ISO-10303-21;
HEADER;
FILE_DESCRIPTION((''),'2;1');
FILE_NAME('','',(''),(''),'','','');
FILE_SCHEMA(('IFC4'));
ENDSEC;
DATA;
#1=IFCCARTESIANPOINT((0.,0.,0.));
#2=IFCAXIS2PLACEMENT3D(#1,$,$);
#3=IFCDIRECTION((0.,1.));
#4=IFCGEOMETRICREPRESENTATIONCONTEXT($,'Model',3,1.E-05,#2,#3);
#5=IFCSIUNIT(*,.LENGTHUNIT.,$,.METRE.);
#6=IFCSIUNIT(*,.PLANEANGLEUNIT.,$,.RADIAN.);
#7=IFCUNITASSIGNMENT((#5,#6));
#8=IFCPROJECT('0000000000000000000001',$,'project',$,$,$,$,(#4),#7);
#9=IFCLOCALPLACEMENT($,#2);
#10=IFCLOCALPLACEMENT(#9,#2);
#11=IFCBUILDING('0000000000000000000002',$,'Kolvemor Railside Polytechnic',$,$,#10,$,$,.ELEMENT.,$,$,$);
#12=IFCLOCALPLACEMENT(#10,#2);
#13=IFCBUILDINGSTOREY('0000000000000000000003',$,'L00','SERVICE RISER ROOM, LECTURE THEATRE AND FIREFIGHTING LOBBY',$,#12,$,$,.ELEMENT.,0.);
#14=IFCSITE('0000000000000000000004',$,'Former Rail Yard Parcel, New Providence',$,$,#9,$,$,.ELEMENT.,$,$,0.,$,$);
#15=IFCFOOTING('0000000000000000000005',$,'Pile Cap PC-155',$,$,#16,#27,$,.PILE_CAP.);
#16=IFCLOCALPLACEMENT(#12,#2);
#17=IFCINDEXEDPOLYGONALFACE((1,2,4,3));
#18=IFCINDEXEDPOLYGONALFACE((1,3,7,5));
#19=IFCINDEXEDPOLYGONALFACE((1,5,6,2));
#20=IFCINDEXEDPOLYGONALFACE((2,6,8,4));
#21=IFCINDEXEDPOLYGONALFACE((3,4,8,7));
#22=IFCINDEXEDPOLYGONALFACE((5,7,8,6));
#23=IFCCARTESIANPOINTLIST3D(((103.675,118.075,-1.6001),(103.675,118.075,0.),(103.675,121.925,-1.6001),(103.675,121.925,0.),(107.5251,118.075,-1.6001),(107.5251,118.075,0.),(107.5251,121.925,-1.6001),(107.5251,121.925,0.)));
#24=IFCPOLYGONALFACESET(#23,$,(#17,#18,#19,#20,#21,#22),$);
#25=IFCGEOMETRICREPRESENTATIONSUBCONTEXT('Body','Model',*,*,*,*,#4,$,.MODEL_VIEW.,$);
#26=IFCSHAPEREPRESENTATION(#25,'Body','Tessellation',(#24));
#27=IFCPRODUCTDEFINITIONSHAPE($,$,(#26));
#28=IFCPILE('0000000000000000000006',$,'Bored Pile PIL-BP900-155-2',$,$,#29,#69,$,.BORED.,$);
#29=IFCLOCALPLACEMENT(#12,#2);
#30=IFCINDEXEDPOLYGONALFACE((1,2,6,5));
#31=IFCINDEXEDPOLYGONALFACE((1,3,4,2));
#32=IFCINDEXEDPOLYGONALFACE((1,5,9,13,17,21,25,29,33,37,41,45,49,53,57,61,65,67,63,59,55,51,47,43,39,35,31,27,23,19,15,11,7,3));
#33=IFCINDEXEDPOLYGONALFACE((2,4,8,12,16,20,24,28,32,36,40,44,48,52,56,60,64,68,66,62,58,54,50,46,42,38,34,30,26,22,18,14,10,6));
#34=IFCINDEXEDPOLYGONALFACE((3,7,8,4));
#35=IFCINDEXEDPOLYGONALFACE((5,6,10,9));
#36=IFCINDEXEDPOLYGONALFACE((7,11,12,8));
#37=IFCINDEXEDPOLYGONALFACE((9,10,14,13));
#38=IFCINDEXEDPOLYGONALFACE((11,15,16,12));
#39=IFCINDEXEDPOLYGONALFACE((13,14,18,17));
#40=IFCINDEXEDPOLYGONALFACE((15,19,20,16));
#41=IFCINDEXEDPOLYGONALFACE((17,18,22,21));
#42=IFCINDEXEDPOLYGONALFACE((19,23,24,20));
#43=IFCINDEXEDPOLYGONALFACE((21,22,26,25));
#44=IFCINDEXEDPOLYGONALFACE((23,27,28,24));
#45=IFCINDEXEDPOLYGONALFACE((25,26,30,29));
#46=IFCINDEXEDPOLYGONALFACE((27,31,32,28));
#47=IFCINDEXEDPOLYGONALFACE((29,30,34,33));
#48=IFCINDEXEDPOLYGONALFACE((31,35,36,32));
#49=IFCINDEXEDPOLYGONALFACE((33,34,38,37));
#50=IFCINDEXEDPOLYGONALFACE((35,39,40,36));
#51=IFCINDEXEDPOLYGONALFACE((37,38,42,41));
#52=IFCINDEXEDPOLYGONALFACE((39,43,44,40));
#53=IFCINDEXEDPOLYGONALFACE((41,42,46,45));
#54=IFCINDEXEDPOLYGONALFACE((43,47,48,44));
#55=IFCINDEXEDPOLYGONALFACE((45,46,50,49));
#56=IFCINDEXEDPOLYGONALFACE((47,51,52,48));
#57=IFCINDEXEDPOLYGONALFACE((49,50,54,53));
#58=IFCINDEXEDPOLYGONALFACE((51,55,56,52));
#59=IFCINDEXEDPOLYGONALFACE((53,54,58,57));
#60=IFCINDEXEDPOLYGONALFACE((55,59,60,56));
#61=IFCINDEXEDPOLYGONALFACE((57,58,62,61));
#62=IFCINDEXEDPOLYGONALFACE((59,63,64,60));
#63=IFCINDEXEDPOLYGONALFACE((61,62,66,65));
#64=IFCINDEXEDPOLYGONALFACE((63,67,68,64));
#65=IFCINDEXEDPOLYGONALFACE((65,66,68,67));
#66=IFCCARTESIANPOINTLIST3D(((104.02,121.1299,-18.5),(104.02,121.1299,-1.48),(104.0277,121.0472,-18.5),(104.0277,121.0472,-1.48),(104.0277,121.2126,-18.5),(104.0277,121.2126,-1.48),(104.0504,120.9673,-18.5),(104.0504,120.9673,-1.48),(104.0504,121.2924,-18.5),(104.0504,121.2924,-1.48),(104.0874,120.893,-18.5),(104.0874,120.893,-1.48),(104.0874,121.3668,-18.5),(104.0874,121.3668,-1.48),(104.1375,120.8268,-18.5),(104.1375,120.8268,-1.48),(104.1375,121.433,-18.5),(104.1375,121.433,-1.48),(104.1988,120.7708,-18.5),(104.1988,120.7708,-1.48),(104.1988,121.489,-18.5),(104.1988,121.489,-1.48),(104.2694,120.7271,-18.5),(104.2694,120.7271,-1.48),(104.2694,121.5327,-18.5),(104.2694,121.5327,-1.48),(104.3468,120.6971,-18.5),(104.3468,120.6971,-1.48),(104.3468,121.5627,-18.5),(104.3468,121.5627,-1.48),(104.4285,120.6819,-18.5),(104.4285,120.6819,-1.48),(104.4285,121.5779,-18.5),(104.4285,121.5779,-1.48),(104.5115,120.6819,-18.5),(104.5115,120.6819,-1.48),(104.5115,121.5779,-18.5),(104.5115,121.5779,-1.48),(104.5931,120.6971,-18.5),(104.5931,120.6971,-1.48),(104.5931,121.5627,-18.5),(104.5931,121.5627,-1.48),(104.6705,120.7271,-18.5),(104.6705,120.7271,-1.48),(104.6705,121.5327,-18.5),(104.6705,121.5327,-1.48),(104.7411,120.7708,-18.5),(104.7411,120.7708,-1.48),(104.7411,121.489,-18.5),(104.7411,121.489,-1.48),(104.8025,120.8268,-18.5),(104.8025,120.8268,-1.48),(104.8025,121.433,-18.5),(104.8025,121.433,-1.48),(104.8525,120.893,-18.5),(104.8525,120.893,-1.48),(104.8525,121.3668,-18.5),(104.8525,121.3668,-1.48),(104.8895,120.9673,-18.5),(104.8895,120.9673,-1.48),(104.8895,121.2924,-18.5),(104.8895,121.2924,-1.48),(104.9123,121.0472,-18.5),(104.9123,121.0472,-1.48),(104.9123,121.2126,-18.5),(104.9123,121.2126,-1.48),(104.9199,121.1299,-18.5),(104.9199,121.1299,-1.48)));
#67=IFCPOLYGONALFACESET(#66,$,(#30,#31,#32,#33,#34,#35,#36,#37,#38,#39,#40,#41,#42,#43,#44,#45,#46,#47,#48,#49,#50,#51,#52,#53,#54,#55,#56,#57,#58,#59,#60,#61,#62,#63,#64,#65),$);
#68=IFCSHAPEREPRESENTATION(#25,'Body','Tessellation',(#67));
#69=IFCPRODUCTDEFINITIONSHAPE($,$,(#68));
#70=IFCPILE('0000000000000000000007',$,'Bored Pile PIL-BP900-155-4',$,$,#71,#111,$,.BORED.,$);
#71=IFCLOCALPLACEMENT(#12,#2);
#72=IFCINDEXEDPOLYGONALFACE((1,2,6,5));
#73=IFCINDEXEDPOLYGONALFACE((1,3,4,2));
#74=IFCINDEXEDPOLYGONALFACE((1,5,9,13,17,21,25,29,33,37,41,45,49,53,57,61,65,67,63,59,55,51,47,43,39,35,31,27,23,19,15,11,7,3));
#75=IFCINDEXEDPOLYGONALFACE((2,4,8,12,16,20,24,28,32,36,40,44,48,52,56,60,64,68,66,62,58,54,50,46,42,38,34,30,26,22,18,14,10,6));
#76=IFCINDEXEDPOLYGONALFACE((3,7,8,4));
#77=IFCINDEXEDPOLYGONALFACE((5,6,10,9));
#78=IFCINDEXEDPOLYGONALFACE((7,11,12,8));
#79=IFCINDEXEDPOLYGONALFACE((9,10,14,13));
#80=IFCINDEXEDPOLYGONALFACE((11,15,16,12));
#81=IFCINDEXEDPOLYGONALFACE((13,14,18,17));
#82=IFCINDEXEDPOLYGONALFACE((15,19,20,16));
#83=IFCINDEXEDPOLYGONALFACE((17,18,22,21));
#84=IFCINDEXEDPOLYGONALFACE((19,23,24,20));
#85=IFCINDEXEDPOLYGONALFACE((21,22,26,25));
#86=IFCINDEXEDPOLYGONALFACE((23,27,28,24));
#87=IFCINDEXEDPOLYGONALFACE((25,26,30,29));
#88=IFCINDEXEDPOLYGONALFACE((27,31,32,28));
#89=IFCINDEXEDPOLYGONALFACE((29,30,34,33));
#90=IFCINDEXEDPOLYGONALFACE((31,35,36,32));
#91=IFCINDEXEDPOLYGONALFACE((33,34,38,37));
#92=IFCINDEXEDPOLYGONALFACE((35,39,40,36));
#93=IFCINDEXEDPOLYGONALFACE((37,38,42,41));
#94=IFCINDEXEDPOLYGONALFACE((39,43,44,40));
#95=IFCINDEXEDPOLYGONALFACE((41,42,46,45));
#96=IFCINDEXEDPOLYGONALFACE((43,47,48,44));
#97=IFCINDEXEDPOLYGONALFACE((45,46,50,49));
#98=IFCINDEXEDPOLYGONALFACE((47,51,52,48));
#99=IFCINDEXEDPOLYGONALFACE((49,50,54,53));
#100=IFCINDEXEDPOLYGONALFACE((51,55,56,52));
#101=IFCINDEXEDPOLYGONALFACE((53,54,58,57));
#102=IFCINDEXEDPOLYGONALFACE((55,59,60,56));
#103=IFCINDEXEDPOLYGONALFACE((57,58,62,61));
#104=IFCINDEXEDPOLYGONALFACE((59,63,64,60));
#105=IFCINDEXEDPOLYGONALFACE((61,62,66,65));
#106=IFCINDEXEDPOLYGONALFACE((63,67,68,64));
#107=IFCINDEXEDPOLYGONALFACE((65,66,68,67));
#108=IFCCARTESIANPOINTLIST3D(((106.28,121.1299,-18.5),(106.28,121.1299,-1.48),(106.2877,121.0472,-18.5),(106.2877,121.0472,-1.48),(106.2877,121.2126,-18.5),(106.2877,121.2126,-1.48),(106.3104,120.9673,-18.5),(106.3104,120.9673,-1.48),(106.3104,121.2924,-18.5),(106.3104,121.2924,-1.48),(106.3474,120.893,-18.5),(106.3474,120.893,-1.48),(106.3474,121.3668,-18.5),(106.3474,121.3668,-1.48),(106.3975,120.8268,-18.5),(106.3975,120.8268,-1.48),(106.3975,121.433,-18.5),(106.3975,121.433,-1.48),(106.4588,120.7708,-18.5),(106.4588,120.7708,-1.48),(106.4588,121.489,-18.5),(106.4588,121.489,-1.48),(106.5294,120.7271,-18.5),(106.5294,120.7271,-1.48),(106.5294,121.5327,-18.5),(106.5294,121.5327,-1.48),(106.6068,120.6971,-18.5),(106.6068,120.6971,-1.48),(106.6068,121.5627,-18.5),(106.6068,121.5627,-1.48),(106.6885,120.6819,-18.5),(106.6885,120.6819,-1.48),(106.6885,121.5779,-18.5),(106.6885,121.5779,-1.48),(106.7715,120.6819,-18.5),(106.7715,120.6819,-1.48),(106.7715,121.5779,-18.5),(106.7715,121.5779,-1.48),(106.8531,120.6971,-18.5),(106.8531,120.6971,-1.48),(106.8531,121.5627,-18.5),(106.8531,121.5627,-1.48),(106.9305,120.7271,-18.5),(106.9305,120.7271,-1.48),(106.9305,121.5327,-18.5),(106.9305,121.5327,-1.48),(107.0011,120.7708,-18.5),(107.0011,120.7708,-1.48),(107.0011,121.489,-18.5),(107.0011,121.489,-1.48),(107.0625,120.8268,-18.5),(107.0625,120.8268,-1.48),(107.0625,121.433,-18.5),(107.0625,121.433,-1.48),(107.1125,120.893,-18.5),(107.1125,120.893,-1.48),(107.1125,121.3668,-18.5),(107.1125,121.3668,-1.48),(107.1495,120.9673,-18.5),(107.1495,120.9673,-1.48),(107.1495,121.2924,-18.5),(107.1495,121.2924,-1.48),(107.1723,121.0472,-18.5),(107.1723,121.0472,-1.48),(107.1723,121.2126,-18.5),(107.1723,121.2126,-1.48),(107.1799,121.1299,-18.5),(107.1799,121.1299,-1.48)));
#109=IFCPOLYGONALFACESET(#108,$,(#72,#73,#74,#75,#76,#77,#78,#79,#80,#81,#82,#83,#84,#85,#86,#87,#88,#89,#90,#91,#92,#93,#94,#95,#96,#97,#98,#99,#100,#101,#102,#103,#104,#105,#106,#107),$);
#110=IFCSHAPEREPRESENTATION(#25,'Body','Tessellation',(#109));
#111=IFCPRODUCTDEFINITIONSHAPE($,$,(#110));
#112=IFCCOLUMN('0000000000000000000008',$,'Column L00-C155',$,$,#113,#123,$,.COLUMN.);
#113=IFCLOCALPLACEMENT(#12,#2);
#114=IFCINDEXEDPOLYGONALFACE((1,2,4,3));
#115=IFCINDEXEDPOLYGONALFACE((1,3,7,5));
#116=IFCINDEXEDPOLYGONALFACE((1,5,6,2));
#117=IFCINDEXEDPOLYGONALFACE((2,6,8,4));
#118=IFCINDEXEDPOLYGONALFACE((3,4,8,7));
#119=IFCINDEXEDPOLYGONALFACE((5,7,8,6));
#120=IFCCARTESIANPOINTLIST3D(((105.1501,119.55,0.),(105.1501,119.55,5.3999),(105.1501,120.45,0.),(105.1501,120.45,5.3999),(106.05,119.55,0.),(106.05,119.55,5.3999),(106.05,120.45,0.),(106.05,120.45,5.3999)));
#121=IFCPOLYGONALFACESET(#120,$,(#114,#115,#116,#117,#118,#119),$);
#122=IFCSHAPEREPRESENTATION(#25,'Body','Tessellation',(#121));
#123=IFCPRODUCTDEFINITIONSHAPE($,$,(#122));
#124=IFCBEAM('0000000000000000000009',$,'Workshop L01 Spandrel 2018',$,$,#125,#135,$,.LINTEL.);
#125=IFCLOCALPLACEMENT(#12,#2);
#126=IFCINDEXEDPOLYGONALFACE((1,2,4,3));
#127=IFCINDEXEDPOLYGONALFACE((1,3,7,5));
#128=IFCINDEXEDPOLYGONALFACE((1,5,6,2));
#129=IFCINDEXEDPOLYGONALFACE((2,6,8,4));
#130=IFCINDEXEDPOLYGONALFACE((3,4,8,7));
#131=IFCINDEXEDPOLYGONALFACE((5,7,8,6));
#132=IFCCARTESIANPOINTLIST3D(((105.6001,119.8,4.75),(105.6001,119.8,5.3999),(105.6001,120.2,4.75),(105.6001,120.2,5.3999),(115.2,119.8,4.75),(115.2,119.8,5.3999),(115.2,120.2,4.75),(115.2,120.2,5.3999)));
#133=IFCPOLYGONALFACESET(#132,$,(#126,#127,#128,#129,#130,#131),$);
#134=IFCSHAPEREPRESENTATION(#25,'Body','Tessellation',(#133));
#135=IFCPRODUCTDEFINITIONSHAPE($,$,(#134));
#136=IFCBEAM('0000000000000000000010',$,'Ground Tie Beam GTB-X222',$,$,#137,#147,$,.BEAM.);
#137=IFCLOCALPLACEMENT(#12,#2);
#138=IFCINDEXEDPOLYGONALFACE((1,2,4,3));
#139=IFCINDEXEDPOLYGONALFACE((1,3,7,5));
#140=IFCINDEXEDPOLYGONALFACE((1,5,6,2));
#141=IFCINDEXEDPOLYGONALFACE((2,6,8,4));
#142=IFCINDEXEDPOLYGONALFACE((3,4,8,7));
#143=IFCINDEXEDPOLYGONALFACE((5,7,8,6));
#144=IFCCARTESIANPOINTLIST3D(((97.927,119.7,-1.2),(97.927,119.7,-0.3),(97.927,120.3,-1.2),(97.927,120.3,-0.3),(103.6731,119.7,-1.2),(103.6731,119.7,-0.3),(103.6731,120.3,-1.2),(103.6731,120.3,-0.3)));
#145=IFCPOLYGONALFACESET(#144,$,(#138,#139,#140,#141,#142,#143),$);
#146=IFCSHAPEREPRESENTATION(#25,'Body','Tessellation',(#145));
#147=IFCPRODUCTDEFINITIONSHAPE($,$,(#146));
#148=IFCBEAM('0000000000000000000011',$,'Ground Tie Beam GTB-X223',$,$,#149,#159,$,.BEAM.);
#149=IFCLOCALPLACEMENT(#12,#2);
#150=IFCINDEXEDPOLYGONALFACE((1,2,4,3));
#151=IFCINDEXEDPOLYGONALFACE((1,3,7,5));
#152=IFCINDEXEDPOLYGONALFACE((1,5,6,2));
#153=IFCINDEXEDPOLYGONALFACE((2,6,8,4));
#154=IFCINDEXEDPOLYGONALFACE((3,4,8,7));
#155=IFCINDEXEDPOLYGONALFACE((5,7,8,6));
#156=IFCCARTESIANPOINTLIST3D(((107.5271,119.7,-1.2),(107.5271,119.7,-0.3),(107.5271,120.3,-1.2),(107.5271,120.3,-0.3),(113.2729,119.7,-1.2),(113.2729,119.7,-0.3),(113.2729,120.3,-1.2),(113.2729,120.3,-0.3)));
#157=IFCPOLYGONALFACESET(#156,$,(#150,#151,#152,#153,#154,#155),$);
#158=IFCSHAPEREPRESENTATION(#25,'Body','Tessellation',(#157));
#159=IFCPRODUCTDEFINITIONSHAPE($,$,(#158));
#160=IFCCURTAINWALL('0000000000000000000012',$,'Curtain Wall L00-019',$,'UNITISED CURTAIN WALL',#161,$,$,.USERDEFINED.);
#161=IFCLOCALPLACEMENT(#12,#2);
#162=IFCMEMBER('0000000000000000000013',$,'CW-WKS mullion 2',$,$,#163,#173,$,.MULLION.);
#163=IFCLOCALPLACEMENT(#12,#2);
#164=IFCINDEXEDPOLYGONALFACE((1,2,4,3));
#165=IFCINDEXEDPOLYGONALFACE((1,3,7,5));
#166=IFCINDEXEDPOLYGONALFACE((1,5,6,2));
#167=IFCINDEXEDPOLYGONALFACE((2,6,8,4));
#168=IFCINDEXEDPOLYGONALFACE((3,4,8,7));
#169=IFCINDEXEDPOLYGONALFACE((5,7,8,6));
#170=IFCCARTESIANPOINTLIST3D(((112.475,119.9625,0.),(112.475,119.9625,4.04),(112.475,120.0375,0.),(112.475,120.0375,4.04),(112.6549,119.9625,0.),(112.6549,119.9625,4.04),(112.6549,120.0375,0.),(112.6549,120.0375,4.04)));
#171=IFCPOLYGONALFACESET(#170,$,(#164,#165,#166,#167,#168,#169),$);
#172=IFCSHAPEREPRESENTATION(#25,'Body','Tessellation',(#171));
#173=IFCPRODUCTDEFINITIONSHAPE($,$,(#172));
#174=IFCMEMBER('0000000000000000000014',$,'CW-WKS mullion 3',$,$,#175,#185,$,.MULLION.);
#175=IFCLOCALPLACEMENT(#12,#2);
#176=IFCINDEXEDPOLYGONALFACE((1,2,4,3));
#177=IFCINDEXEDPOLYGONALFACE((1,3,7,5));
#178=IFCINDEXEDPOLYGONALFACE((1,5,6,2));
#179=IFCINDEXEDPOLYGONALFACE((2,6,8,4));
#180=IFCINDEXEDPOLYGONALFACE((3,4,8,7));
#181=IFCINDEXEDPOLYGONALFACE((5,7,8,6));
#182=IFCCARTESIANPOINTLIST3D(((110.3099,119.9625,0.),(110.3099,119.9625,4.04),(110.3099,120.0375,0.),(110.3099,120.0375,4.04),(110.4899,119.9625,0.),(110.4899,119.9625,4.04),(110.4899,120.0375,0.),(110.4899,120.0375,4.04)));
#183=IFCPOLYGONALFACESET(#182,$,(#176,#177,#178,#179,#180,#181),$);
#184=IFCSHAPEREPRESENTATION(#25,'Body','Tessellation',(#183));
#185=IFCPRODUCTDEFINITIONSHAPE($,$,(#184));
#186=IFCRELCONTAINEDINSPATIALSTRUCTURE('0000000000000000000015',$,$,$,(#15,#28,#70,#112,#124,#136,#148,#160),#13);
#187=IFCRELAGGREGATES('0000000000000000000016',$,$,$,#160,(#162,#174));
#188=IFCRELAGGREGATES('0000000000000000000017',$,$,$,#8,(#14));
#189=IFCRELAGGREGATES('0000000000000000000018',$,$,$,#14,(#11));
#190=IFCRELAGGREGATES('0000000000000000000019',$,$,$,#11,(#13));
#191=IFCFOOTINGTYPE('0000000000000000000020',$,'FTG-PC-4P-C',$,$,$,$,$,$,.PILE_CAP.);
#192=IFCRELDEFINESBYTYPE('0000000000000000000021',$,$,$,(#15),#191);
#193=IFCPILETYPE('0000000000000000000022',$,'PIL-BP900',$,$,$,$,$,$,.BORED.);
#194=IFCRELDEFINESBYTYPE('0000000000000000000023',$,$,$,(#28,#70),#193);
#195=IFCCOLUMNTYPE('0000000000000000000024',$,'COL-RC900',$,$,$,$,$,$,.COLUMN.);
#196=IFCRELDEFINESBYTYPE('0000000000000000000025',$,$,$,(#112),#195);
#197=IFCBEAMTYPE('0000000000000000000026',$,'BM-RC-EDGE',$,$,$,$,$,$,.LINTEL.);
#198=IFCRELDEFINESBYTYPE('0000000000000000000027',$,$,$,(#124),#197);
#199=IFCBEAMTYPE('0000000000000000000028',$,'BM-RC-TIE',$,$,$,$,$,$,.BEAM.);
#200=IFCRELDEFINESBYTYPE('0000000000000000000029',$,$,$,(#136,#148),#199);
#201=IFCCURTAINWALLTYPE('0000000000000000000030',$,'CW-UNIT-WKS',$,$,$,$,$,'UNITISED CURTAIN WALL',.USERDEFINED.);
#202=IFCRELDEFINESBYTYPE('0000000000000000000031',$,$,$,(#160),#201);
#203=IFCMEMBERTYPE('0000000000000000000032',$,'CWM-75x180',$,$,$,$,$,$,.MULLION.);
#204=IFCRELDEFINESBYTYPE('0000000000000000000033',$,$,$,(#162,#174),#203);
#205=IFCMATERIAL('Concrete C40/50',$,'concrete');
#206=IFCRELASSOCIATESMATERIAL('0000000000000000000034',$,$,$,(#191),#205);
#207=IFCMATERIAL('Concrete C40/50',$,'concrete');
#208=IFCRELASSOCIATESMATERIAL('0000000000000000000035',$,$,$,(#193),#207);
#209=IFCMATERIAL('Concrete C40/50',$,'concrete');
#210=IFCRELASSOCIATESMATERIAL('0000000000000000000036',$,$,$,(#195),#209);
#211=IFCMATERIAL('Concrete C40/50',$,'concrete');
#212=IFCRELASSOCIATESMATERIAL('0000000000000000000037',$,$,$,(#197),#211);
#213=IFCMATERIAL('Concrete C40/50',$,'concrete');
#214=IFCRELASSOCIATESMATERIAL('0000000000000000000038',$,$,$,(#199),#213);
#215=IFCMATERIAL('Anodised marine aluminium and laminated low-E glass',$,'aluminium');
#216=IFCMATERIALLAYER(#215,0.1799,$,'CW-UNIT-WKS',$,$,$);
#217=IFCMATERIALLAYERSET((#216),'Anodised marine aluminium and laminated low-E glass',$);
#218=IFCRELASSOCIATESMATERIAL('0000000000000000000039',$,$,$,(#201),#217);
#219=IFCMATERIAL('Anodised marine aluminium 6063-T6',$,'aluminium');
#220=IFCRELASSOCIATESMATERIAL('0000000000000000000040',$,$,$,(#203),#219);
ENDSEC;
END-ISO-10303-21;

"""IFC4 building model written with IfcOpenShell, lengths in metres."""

from ifc_helpers import new_model, si_unit, direction, frame, origin, origin_2d, place, context, subcontext, project, spatial, rectangle, circle, extrude, material, layer, layer_set, material_profile, profile_set, type_object, element, aggregate, save


model = new_model("IFC4")

# Units and contexts
model_context = context("Model", 3, precision=1e-05, world=origin(), true_north=direction((0.0, 1.0)))
body_context = subcontext(model_context, "Body", "Model", "MODEL_VIEW")
ifc_project = project(units=[si_unit("LENGTHUNIT", "METRE"), si_unit("PLANEANGLEUNIT", "RADIAN")], contexts=[model_context])

# Site, building, storey
site_placement = place(None, origin())
site = spatial("IfcSite", under=ifc_project, at=site_placement, Name="Former Rail Yard Parcel, New Providence", CompositionType="ELEMENT", RefElevation=0.0)
building_placement = place(site_placement, origin())
building = spatial("IfcBuilding", under=site, at=building_placement, Name="Kolvemor Railside Polytechnic", CompositionType="ELEMENT")
storey_placement = place(building_placement, origin())
storey = spatial("IfcBuildingStorey", under=building, at=storey_placement, Name="L00", Description="SERVICE RISER ROOM, LECTURE THEATRE AND FIREFIGHTING LOBBY", CompositionType="ELEMENT", Elevation=0.0)

# Footing
ifc_material_1 = material(Name="Concrete C40/50", Category="concrete")
footing_type = type_object("IfcFootingType", Name="FTG-PC-4P-C", PredefinedType="PILE_CAP", material=ifc_material_1)
footing_placement = place(storey_placement, frame((105.6001, 120.0, -1.6001), z_axis=(0.0, 0.0, 1.0), x_axis=(1.0, 0.0, 0.0)))
element("IfcFooting", 1, at=footing_placement, inside=storey, type_object=footing_type, Name="Pile Cap PC-155", PredefinedType="PILE_CAP", context=body_context, shape_type="SweptSolid", body=[
    extrude(rectangle(XDim=3.8501, YDim=3.8501, at=origin_2d()), origin(), (0.0, 0.0, 1.0), 1.6001),
])

# Piles
ifc_material_2 = material(Name="Concrete C40/50", Category="concrete")
ifc_material_profile_1 = material_profile(ifc_material_2, circle(Radius=0.45, at=origin_2d()), Name="BP900")
ifc_profile_set_1 = profile_set([ifc_material_profile_1], Name="Concrete C40/50")
pile_type = type_object("IfcPileType", Name="PIL-BP900", PredefinedType="BORED", material=ifc_profile_set_1)
for number, where, z_axis, x_axis, name in (
    (2, (104.47, 121.1299, -1.48), (0.0, 0.0, -1.0), (1.0, 0.0, 0.0), "Bored Pile PIL-BP900-155-2"),
    (3, (106.73, 121.1299, -1.48), (0.0, 0.0, -1.0), (1.0, 0.0, 0.0), "Bored Pile PIL-BP900-155-4"),
):
    element("IfcPile", number, at=place(storey_placement, frame(where, z_axis=z_axis, x_axis=x_axis)), inside=storey, type_object=pile_type, Name=name, PredefinedType="BORED", context=body_context, shape_type="SweptSolid", body=[
        extrude(circle(Radius=0.45, at=origin_2d()), origin(), (0.0, 0.0, 1.0), 17.02),
    ])

# Column
ifc_material_3 = material(Name="Concrete C40/50", Category="concrete")
ifc_material_profile_2 = material_profile(ifc_material_3, rectangle(XDim=0.8999, YDim=0.8999, at=origin_2d()), Name="RC900x900")
ifc_profile_set_2 = profile_set([ifc_material_profile_2], Name="Concrete C40/50")
column_type = type_object("IfcColumnType", Name="COL-RC900", PredefinedType="COLUMN", material=ifc_profile_set_2)
column_placement = place(storey_placement, frame((105.6001, 120.0, 0.0), z_axis=(0.0, 0.0, 1.0), x_axis=(1.0, 0.0, 0.0)))
element("IfcColumn", 4, at=column_placement, inside=storey, type_object=column_type, Name="Column L00-C155", PredefinedType="COLUMN", context=body_context, shape_type="SweptSolid", body=[
    extrude(rectangle(XDim=0.8999, YDim=0.8999, at=origin_2d()), origin(), (0.0, 0.0, 1.0), 5.3999),
])

# Beams
ifc_material_4 = material(Name="Concrete C40/50", Category="concrete")
ifc_material_profile_3 = material_profile(ifc_material_4, rectangle(XDim=0.3999, YDim=0.6499, at=origin_2d()), Name="RC400x650")
ifc_profile_set_3 = profile_set([ifc_material_profile_3], Name="Concrete C40/50")
beam_type_1 = type_object("IfcBeamType", Name="BM-RC-EDGE", PredefinedType="LINTEL", material=ifc_profile_set_3)
beam_1_placement = place(storey_placement, frame((105.6001, 120.0, 5.075), z_axis=(1.0, 0.0, 0.0), x_axis=(0.0, 1.0, 0.0)))
element("IfcBeam", 5, at=beam_1_placement, inside=storey, type_object=beam_type_1, Name="Workshop L01 Spandrel 2018", PredefinedType="LINTEL", context=body_context, shape_type="SweptSolid", body=[
    extrude(rectangle(XDim=0.3999, YDim=0.6499, at=origin_2d()), origin(), (0.0, 0.0, 1.0), 9.5999),
])
ifc_material_5 = material(Name="Concrete C40/50", Category="concrete")
ifc_material_profile_4 = material_profile(ifc_material_5, rectangle(XDim=0.6001, YDim=0.8999, at=origin_2d()), Name="RC600x900")
ifc_profile_set_4 = profile_set([ifc_material_profile_4], Name="Concrete C40/50")
beam_type_2 = type_object("IfcBeamType", Name="BM-RC-TIE", PredefinedType="BEAM", material=ifc_profile_set_4)
beam_2_placement = place(storey_placement, frame((97.927, 120.0, -0.75), z_axis=(1.0, 0.0, 0.0), x_axis=(0.0, 1.0, 0.0)))
element("IfcBeam", 6, at=beam_2_placement, inside=storey, type_object=beam_type_2, Name="Ground Tie Beam GTB-X222", PredefinedType="BEAM", context=body_context, shape_type="SweptSolid", body=[
    extrude(rectangle(XDim=0.6001, YDim=0.8999, at=origin_2d()), origin(), (0.0, 0.0, 1.0), 5.7461),
])
beam_3_placement = place(storey_placement, frame((107.5271, 120.0, -0.75), z_axis=(1.0, 0.0, 0.0), x_axis=(0.0, 1.0, 0.0)))
element("IfcBeam", 7, at=beam_3_placement, inside=storey, type_object=beam_type_2, Name="Ground Tie Beam GTB-X223", PredefinedType="BEAM", context=body_context, shape_type="SweptSolid", body=[
    extrude(rectangle(XDim=0.6001, YDim=0.8999, at=origin_2d()), origin(), (0.0, 0.0, 1.0), 5.7458),
])

# Curtain wall, members
ifc_material_6 = material(Name="Anodised marine aluminium and laminated low-E glass", Category="aluminium")
ifc_layer_1 = layer(ifc_material_6, 0.1799, Name="CW-UNIT-WKS")
ifc_layer_set_1 = layer_set([ifc_layer_1], Name="Anodised marine aluminium and laminated low-E glass")
curtain_wall_type = type_object("IfcCurtainWallType", Name="CW-UNIT-WKS", ElementType="UNITISED CURTAIN WALL", PredefinedType="USERDEFINED", material=ifc_layer_set_1)
curtain_wall_placement = place(storey_placement, origin())
curtain_wall = element("IfcCurtainWall", 8, at=curtain_wall_placement, inside=storey, type_object=curtain_wall_type, Name="Curtain Wall L00-019", ObjectType="UNITISED CURTAIN WALL", PredefinedType="USERDEFINED")
ifc_material_7 = material(Name="Anodised marine aluminium 6063-T6", Category="aluminium")
ifc_material_profile_5 = material_profile(ifc_material_7, rectangle(XDim=0.075, YDim=0.1799, at=origin_2d()), Name="CW-MUL-75x180")
ifc_profile_set_5 = profile_set([ifc_material_profile_5], Name="Anodised marine aluminium 6063-T6")
member_type_1 = type_object("IfcMemberType", Name="CWM-75x180", PredefinedType="MULLION", material=ifc_profile_set_5)
member_1_placement = place(storey_placement, frame((112.5649, 120.0, 0.0), z_axis=(0.0, 0.0, 1.0), x_axis=(0.0, -1.0, 0.0)))
member_1 = element("IfcMember", 9, at=member_1_placement, type_object=member_type_1, Name="CW-WKS mullion 2", PredefinedType="MULLION", context=body_context, shape_type="SweptSolid", body=[
    extrude(rectangle(XDim=0.075, YDim=0.1799, at=origin_2d()), origin(), (0.0, 0.0, 1.0), 4.04),
])
member_2_placement = place(storey_placement, frame((110.3999, 120.0, 0.0), z_axis=(0.0, 0.0, 1.0), x_axis=(0.0, -1.0, 0.0)))
member_2 = element("IfcMember", 10, at=member_2_placement, type_object=member_type_1, Name="CW-WKS mullion 3", PredefinedType="MULLION", context=body_context, shape_type="SweptSolid", body=[
    extrude(rectangle(XDim=0.075, YDim=0.1799, at=origin_2d()), origin(), (0.0, 0.0, 1.0), 4.04),
])
aggregate(curtain_wall, [member_1, member_2])

save(model, "model.ifc")
